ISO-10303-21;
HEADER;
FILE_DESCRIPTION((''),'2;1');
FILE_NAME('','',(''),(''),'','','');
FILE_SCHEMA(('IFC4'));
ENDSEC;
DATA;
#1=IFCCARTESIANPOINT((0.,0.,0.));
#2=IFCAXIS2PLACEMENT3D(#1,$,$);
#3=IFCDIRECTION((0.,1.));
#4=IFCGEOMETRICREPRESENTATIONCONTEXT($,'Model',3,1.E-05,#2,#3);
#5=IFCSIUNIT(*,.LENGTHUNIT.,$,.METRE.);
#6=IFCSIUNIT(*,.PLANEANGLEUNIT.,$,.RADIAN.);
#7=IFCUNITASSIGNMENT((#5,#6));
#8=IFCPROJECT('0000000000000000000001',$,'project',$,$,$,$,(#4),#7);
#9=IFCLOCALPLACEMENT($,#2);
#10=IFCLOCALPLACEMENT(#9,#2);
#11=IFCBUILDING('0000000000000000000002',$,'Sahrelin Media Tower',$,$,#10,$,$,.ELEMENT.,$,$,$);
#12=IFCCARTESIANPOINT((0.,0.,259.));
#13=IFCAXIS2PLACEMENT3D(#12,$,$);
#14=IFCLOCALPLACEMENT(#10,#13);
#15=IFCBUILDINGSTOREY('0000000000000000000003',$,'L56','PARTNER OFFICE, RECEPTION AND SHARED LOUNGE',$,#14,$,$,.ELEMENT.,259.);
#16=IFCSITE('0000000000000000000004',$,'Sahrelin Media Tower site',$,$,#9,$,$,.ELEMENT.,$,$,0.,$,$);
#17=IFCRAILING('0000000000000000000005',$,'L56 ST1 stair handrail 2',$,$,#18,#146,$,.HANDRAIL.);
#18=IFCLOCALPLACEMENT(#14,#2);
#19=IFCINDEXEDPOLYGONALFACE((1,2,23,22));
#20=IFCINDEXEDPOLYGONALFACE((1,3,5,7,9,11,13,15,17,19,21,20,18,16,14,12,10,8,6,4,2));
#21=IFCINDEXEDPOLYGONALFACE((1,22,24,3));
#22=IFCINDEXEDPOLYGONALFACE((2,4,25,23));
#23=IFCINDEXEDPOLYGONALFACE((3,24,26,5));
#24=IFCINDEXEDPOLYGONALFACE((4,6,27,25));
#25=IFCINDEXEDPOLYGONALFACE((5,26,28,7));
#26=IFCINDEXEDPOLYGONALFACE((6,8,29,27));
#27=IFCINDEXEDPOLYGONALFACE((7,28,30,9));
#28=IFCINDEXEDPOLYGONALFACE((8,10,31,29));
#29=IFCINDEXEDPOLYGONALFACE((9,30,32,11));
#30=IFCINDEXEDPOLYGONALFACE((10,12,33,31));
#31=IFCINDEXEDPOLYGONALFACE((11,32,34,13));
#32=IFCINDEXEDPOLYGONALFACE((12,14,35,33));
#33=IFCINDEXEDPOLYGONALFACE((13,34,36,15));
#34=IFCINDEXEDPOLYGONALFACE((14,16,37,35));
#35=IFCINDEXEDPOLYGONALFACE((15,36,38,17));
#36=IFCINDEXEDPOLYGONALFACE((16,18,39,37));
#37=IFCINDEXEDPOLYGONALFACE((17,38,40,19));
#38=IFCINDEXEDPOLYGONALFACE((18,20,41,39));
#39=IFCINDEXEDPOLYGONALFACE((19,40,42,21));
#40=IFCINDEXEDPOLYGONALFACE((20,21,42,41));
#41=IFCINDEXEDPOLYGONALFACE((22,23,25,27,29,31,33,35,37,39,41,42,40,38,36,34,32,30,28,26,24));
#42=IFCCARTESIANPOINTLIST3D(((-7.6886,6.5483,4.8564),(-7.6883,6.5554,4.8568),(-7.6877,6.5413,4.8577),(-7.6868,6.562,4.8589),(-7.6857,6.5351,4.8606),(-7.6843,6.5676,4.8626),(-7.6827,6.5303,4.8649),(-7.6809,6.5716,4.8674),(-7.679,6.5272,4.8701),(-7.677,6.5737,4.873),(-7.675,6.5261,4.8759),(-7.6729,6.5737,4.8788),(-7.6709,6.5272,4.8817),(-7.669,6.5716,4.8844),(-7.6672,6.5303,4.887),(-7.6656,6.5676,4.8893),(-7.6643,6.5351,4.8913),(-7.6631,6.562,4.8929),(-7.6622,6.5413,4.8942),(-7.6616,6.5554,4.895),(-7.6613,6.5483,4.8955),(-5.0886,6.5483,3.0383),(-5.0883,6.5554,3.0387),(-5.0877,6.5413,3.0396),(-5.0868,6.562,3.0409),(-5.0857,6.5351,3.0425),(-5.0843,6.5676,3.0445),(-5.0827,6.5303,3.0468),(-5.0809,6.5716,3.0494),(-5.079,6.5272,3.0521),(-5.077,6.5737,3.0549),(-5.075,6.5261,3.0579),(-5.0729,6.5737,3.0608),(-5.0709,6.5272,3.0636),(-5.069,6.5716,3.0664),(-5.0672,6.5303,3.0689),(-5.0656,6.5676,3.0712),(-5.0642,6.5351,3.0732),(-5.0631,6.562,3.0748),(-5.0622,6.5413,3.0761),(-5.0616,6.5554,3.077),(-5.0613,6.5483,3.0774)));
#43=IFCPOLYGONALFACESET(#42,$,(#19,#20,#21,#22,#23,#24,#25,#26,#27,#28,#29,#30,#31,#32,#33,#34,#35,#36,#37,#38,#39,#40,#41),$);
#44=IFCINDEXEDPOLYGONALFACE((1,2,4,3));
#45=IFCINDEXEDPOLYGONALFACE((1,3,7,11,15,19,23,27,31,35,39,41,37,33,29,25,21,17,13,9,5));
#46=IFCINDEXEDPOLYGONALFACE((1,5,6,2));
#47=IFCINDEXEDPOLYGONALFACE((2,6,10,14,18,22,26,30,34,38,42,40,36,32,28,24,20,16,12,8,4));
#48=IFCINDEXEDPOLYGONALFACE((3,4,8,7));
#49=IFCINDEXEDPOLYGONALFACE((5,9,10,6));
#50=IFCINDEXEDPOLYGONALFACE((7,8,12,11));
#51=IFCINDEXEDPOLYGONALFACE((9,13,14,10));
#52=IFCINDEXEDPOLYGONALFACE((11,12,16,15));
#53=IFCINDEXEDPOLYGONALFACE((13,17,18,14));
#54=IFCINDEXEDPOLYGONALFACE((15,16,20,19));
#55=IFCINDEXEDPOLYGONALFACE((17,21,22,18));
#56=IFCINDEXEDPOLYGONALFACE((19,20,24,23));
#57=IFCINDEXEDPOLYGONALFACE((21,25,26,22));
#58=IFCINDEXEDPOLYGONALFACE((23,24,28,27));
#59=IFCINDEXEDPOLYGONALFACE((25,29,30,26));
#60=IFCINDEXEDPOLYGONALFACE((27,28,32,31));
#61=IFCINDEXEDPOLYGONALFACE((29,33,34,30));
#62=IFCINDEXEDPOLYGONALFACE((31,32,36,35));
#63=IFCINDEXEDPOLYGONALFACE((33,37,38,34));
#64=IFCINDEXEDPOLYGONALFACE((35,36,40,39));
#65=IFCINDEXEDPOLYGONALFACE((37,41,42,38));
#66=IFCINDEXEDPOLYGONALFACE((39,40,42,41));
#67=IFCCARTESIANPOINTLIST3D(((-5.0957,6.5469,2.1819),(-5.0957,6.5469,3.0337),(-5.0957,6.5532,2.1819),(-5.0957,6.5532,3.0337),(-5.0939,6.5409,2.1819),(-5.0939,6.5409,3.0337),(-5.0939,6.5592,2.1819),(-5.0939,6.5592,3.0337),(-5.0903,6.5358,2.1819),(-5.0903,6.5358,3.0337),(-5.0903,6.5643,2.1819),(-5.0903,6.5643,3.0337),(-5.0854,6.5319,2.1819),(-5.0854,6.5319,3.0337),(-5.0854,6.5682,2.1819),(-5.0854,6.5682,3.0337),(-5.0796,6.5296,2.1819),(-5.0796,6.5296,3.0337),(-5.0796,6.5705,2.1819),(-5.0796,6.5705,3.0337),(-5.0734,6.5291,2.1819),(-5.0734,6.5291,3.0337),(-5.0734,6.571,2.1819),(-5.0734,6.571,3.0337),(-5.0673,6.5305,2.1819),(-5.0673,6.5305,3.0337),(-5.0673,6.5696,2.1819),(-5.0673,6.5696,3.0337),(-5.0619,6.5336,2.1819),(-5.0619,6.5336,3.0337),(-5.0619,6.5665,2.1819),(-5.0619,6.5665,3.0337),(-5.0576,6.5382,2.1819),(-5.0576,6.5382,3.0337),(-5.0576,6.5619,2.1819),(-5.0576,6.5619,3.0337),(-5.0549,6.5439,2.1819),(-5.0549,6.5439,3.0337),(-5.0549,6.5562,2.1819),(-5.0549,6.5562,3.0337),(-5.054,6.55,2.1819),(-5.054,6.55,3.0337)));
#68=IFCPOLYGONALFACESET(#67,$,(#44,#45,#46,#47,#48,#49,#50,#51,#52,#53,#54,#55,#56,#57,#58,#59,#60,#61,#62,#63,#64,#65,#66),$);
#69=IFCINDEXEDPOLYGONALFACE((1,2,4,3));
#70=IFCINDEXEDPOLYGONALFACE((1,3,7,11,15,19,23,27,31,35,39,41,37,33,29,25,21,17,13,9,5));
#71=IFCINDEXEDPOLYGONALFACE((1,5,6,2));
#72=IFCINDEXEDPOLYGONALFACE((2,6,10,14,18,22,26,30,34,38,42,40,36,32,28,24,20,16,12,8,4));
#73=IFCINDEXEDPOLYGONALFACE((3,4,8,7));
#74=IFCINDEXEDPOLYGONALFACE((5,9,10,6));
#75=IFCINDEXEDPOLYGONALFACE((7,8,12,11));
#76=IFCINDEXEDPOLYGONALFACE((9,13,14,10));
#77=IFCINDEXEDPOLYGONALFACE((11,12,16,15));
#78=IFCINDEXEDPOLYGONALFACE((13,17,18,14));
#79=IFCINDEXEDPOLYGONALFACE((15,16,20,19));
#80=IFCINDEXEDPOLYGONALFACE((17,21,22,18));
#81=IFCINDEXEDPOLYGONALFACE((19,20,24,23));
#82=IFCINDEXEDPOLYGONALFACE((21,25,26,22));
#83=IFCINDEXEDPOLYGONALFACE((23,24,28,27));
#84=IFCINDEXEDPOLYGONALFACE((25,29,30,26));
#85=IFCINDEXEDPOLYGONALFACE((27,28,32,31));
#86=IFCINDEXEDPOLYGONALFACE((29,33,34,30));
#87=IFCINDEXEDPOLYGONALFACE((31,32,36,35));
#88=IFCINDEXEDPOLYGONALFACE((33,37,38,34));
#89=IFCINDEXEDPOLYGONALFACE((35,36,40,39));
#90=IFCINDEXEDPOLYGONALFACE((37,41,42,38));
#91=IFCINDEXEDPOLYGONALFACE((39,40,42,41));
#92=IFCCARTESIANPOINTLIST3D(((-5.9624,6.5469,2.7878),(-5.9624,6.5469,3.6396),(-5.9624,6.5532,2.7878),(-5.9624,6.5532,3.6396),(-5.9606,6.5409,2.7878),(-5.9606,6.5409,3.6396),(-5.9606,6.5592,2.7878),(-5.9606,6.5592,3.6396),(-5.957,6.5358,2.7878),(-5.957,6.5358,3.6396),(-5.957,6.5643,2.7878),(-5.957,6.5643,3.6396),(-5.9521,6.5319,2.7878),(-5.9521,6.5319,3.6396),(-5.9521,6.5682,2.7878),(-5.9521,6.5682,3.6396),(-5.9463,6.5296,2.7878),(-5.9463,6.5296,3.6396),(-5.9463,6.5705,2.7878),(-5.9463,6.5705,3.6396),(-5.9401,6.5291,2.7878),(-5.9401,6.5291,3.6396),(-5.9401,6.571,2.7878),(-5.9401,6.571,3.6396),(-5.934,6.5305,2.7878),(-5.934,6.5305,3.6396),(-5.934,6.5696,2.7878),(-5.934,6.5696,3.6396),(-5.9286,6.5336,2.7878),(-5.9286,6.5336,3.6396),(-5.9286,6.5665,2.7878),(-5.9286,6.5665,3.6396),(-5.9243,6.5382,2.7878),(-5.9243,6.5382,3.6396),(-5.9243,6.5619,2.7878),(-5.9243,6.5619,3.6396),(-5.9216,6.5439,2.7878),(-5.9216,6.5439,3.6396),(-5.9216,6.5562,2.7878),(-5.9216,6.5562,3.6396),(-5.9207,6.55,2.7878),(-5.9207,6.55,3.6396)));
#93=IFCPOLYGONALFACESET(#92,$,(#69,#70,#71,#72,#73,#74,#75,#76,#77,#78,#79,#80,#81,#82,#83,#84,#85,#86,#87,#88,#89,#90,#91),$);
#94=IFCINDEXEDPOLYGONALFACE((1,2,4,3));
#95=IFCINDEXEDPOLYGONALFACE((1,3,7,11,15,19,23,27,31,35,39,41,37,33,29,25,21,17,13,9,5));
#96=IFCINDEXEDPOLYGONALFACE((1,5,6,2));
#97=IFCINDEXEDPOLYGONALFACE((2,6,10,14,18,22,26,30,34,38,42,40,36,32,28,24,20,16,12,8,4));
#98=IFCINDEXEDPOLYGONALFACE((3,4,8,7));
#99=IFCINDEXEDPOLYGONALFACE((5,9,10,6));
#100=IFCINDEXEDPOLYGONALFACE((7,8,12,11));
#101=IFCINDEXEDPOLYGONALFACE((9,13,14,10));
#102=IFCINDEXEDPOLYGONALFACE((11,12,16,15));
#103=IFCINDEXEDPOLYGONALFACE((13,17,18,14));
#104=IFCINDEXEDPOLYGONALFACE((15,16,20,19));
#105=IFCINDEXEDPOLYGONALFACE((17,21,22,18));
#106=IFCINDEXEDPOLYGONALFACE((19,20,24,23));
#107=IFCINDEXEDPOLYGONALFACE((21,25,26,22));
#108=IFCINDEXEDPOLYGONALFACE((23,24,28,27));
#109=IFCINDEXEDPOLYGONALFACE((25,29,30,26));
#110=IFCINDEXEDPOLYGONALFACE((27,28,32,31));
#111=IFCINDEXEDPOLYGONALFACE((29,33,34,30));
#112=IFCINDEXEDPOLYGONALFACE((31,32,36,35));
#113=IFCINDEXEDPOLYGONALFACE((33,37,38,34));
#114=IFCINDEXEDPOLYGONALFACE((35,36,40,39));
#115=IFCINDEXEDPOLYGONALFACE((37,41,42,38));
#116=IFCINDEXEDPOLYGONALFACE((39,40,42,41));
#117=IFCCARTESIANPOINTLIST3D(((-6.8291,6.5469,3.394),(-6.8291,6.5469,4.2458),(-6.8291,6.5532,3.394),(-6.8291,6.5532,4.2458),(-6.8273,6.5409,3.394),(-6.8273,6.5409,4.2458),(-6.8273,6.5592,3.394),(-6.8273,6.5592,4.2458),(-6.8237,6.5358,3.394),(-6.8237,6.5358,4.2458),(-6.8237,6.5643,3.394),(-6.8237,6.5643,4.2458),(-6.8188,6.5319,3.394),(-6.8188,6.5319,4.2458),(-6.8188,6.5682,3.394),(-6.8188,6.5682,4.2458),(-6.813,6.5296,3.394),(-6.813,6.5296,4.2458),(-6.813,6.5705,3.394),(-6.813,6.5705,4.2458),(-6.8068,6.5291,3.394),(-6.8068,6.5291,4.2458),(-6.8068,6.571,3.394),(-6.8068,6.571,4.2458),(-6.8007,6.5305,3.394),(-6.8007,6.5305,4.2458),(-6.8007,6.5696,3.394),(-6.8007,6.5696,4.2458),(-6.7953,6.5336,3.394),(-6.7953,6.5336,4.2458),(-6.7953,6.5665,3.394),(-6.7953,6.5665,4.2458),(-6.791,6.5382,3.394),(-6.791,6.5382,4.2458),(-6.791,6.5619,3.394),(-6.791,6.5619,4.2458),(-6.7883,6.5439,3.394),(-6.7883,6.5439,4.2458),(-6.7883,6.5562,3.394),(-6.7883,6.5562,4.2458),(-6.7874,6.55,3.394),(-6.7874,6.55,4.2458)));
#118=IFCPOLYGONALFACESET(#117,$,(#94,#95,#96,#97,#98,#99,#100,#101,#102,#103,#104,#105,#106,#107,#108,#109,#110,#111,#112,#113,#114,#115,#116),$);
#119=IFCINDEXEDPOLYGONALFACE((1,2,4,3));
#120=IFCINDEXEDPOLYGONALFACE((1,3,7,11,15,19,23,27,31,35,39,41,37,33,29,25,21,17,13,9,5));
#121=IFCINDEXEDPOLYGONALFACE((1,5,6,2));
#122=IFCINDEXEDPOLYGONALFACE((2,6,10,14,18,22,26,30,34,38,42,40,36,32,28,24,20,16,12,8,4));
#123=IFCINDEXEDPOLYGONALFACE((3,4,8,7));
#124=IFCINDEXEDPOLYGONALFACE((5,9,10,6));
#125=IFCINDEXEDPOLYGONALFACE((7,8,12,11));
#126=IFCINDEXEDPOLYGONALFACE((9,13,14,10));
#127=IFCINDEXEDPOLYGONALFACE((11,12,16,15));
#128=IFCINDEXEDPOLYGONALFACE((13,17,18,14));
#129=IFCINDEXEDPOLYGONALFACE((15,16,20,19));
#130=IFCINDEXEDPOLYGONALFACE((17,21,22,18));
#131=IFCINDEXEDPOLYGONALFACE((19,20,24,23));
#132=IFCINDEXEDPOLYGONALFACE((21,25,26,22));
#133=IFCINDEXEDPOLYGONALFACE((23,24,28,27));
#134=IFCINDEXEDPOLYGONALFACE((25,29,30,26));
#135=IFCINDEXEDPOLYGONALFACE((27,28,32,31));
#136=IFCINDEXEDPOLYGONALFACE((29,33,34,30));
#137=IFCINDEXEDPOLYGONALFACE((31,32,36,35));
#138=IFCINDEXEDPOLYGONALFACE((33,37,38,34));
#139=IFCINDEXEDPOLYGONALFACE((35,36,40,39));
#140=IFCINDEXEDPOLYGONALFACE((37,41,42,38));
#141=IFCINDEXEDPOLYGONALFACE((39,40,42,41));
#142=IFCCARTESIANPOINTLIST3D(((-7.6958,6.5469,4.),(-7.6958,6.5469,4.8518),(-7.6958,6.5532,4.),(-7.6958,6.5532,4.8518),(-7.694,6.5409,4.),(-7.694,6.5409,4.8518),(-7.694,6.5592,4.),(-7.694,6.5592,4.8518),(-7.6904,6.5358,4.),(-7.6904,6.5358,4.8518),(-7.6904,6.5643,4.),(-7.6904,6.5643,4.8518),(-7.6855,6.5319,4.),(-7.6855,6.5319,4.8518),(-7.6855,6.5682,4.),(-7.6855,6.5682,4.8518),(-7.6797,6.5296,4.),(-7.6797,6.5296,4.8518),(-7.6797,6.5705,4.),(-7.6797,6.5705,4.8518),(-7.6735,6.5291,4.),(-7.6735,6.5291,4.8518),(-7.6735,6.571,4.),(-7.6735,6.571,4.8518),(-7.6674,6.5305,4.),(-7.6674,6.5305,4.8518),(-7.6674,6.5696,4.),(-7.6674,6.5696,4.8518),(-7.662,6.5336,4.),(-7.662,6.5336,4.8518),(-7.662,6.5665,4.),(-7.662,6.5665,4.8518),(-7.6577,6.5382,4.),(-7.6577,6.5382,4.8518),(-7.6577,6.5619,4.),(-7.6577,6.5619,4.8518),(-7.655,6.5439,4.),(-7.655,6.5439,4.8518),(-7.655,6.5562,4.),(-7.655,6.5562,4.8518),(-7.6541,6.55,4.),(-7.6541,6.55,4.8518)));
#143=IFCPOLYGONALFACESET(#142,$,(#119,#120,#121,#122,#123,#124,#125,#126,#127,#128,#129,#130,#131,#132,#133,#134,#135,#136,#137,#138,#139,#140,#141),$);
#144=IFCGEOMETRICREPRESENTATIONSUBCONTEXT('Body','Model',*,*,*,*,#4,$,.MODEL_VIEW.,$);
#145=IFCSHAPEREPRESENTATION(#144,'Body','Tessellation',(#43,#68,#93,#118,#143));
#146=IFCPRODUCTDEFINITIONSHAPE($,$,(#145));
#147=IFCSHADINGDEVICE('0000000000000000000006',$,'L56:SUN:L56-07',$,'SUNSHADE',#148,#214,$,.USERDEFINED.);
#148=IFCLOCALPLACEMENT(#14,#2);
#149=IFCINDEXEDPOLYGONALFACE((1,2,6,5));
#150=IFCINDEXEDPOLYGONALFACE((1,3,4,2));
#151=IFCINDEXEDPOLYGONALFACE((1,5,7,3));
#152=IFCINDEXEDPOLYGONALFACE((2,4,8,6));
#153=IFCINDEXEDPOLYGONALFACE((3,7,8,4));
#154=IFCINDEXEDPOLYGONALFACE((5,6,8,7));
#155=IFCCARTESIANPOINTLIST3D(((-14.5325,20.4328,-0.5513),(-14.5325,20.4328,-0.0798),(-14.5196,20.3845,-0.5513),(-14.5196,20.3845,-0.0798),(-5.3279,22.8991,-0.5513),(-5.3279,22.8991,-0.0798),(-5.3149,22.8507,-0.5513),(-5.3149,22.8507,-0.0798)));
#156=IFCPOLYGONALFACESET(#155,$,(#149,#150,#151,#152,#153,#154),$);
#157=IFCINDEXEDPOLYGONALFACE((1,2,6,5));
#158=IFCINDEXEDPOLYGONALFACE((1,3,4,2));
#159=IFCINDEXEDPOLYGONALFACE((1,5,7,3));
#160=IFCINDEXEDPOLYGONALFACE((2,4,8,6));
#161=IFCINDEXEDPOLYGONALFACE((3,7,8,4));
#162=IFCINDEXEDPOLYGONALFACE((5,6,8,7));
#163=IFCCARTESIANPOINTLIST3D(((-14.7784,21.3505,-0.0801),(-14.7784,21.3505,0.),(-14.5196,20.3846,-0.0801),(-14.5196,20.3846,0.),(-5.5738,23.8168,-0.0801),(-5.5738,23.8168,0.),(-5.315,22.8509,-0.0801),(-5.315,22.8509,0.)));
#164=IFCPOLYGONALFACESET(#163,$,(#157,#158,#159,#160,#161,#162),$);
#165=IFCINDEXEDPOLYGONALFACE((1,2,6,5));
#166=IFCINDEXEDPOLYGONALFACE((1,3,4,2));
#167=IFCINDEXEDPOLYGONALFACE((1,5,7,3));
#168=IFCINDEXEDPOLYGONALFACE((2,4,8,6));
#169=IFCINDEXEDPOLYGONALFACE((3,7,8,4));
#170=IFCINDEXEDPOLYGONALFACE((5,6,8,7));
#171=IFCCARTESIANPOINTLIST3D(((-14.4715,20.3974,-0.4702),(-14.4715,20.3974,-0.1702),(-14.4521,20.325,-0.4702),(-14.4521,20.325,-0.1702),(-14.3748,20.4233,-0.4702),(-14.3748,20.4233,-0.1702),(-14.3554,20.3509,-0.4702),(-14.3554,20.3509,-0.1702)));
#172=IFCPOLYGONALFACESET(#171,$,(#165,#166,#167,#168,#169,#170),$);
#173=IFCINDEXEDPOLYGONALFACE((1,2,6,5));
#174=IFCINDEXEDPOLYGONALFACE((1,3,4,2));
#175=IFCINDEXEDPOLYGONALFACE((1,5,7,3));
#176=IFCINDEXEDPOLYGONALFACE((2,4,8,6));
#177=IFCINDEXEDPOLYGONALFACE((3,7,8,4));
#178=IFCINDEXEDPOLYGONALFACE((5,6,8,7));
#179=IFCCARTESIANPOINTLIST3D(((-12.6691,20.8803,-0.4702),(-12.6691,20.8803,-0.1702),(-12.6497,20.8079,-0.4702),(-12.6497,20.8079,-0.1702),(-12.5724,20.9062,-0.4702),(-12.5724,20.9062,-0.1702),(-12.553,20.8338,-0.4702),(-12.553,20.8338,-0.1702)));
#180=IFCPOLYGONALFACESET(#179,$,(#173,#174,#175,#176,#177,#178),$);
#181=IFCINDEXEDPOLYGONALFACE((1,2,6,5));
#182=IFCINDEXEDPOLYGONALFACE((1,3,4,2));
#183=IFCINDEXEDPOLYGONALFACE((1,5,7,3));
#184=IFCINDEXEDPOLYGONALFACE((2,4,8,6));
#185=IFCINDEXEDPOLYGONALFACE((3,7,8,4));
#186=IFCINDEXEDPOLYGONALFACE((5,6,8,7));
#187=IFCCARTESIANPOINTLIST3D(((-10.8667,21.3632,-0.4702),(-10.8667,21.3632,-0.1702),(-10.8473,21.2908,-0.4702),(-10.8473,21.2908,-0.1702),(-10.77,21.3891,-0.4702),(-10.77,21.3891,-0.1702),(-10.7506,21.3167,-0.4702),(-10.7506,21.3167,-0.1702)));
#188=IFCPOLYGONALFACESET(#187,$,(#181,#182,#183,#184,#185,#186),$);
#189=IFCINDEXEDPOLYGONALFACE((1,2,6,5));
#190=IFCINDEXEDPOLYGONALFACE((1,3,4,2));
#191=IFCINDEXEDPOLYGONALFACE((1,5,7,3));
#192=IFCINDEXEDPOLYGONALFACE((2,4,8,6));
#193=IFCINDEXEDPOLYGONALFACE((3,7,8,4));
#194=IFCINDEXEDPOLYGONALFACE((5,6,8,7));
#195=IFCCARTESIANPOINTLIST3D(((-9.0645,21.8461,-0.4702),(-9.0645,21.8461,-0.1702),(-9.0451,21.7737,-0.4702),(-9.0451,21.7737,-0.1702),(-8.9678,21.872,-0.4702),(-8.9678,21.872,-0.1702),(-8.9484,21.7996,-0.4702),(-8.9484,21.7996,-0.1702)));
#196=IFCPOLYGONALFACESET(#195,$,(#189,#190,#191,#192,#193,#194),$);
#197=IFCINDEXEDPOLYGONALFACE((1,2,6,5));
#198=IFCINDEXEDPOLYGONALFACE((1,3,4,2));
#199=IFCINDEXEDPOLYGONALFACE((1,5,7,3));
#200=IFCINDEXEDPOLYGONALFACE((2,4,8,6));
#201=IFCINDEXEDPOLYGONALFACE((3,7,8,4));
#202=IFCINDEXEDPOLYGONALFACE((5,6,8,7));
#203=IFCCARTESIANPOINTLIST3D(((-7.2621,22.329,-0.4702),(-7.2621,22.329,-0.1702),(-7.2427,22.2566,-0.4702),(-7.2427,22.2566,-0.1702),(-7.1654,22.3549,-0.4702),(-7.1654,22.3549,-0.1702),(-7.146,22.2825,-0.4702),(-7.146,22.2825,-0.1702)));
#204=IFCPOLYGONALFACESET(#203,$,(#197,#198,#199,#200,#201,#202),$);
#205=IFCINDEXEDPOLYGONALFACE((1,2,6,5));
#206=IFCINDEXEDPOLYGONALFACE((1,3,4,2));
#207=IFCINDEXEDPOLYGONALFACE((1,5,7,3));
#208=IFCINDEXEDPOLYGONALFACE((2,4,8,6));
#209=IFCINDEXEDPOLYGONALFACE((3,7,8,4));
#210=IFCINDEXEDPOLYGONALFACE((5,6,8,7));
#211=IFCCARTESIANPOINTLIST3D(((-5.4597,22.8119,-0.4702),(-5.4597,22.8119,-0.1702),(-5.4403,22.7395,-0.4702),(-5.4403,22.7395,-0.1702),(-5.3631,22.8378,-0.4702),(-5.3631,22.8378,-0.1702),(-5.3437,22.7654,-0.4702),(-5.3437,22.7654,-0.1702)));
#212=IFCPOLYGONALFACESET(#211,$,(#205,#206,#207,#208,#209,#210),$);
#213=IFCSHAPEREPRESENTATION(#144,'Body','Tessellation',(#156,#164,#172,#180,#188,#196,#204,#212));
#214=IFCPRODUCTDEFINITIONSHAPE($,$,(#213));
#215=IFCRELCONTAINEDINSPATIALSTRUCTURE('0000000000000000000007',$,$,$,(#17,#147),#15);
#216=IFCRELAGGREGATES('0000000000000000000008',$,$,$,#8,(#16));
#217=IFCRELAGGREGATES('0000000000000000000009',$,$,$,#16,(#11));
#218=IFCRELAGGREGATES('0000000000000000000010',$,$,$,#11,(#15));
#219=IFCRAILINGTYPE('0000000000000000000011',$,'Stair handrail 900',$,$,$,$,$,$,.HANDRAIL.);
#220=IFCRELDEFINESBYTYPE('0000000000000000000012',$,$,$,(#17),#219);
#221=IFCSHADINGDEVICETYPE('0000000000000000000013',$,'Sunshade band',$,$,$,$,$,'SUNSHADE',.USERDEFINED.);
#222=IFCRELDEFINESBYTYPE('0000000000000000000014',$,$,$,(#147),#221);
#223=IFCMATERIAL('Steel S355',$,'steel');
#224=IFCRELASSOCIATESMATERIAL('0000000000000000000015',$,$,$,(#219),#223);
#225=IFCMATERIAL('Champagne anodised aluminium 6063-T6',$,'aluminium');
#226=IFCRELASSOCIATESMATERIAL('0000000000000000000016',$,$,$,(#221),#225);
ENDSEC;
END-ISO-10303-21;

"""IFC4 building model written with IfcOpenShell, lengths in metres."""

from ifc_helpers import new_model, si_unit, direction, frame, origin, origin_2d, place, context, subcontext, project, spatial, rectangle, circle, extrude, material, type_object, element, save


model = new_model("IFC4")

# Units and contexts
model_context = context("Model", 3, precision=1e-05, world=origin(), true_north=direction((0.0, 1.0)))
body_context = subcontext(model_context, "Body", "Model", "MODEL_VIEW")
ifc_project = project(units=[si_unit("LENGTHUNIT", "METRE"), si_unit("PLANEANGLEUNIT", "RADIAN")], contexts=[model_context])

# Site, building, storey
site_placement = place(None, origin())
site = spatial("IfcSite", under=ifc_project, at=site_placement, Name="Sahrelin Media Tower site", CompositionType="ELEMENT", RefElevation=0.0)
building_placement = place(site_placement, origin())
building = spatial("IfcBuilding", under=site, at=building_placement, Name="Sahrelin Media Tower", CompositionType="ELEMENT")
storey_placement = place(building_placement, frame((0.0, 0.0, 259.0)))
storey = spatial("IfcBuildingStorey", under=building, at=storey_placement, Name="L56", Description="PARTNER OFFICE, RECEPTION AND SHARED LOUNGE", CompositionType="ELEMENT", Elevation=259.0)

# Shared definitions
ifc_material_1 = material(Name="Steel S355", Category="steel")

# Shared definitions
ifc_material_2 = material(Name="Champagne anodised aluminium 6063-T6", Category="aluminium")

# Shared definitions
placement = place(storey_placement, frame((-9.9121, 21.5984, 0.0), z_axis=(0.0, 0.0, 1.0), x_axis=(0.965929, 0.258808, 0.0)))

# Railing
railing_type = type_object("IfcRailingType", Name="Stair handrail 900", PredefinedType="HANDRAIL", material=ifc_material_1)
railing_placement = place(storey_placement, frame((-5.075, 6.55, 2.1819)))
element("IfcRailing", 1, at=railing_placement, inside=storey, type_object=railing_type, Name="L56 ST1 stair handrail 2", PredefinedType="HANDRAIL", context=body_context, shape_type="SweptSolid", body=[
    extrude(circle(Radius=0.0239, at=origin_2d()), frame((0.0, 0.0, 0.876), z_axis=(-0.819521, 0.0, 0.573049), x_axis=(0.0, -1.0, 0.0)), (0.0, 0.0, 1.0), 3.1726),
    extrude(circle(Radius=0.021, at=origin_2d()), origin(), (0.0, 0.0, 1.0), 0.8518),
    extrude(circle(Radius=0.021, at=origin_2d()), frame((-0.8667, 0.0, 0.606)), (0.0, 0.0, 1.0), 0.8518),
    extrude(circle(Radius=0.021, at=origin_2d()), frame((-1.7334, 0.0, 1.2122)), (0.0, 0.0, 1.0), 0.8518),
    extrude(circle(Radius=0.021, at=origin_2d()), frame((-2.6001, 0.0, 1.8181)), (0.0, 0.0, 1.0), 0.8518),
])

# Shading device
shading_device_type_1 = type_object("IfcShadingDeviceType", Name="Sunshade band", ElementType="SUNSHADE", PredefinedType="USERDEFINED", material=ifc_material_2)
element("IfcShadingDevice", 2, at=placement, inside=storey, type_object=shading_device_type_1, Name="L56:SUN:L56-07", ObjectType="SUNSHADE", PredefinedType="USERDEFINED", context=body_context, shape_type="SweptSolid", body=[
    extrude(rectangle(XDim=9.5293, YDim=0.05, at=origin_2d()), frame((0.0, 0.0449, -0.5513)), (0.0, 0.0, 1.0), 0.4714),
    extrude(rectangle(XDim=9.5293, YDim=1.0, at=origin_2d()), frame((0.0, 0.52, -0.0801)), (0.0, 0.0, 1.0), 0.0801),
    extrude(rectangle(XDim=0.1001, YDim=0.075, at=origin_2d()), frame((-4.6648, -0.0176, -0.4702)), (0.0, 0.0, 1.0), 0.3),
    extrude(rectangle(XDim=0.1001, YDim=0.075, at=origin_2d()), frame((-2.7988, -0.0176, -0.4702)), (0.0, 0.0, 1.0), 0.3),
    extrude(rectangle(XDim=0.1001, YDim=0.075, at=origin_2d()), frame((-0.9329, -0.0176, -0.4702)), (0.0, 0.0, 1.0), 0.3),
    extrude(rectangle(XDim=0.1001, YDim=0.075, at=origin_2d()), frame((0.9329, -0.0176, -0.4702)), (0.0, 0.0, 1.0), 0.3),
    extrude(rectangle(XDim=0.1001, YDim=0.075, at=origin_2d()), frame((2.7988, -0.0176, -0.4702)), (0.0, 0.0, 1.0), 0.3),
    extrude(rectangle(XDim=0.1001, YDim=0.075, at=origin_2d()), frame((4.6648, -0.0176, -0.4702)), (0.0, 0.0, 1.0), 0.3),
])

save(model, "model.ifc")
